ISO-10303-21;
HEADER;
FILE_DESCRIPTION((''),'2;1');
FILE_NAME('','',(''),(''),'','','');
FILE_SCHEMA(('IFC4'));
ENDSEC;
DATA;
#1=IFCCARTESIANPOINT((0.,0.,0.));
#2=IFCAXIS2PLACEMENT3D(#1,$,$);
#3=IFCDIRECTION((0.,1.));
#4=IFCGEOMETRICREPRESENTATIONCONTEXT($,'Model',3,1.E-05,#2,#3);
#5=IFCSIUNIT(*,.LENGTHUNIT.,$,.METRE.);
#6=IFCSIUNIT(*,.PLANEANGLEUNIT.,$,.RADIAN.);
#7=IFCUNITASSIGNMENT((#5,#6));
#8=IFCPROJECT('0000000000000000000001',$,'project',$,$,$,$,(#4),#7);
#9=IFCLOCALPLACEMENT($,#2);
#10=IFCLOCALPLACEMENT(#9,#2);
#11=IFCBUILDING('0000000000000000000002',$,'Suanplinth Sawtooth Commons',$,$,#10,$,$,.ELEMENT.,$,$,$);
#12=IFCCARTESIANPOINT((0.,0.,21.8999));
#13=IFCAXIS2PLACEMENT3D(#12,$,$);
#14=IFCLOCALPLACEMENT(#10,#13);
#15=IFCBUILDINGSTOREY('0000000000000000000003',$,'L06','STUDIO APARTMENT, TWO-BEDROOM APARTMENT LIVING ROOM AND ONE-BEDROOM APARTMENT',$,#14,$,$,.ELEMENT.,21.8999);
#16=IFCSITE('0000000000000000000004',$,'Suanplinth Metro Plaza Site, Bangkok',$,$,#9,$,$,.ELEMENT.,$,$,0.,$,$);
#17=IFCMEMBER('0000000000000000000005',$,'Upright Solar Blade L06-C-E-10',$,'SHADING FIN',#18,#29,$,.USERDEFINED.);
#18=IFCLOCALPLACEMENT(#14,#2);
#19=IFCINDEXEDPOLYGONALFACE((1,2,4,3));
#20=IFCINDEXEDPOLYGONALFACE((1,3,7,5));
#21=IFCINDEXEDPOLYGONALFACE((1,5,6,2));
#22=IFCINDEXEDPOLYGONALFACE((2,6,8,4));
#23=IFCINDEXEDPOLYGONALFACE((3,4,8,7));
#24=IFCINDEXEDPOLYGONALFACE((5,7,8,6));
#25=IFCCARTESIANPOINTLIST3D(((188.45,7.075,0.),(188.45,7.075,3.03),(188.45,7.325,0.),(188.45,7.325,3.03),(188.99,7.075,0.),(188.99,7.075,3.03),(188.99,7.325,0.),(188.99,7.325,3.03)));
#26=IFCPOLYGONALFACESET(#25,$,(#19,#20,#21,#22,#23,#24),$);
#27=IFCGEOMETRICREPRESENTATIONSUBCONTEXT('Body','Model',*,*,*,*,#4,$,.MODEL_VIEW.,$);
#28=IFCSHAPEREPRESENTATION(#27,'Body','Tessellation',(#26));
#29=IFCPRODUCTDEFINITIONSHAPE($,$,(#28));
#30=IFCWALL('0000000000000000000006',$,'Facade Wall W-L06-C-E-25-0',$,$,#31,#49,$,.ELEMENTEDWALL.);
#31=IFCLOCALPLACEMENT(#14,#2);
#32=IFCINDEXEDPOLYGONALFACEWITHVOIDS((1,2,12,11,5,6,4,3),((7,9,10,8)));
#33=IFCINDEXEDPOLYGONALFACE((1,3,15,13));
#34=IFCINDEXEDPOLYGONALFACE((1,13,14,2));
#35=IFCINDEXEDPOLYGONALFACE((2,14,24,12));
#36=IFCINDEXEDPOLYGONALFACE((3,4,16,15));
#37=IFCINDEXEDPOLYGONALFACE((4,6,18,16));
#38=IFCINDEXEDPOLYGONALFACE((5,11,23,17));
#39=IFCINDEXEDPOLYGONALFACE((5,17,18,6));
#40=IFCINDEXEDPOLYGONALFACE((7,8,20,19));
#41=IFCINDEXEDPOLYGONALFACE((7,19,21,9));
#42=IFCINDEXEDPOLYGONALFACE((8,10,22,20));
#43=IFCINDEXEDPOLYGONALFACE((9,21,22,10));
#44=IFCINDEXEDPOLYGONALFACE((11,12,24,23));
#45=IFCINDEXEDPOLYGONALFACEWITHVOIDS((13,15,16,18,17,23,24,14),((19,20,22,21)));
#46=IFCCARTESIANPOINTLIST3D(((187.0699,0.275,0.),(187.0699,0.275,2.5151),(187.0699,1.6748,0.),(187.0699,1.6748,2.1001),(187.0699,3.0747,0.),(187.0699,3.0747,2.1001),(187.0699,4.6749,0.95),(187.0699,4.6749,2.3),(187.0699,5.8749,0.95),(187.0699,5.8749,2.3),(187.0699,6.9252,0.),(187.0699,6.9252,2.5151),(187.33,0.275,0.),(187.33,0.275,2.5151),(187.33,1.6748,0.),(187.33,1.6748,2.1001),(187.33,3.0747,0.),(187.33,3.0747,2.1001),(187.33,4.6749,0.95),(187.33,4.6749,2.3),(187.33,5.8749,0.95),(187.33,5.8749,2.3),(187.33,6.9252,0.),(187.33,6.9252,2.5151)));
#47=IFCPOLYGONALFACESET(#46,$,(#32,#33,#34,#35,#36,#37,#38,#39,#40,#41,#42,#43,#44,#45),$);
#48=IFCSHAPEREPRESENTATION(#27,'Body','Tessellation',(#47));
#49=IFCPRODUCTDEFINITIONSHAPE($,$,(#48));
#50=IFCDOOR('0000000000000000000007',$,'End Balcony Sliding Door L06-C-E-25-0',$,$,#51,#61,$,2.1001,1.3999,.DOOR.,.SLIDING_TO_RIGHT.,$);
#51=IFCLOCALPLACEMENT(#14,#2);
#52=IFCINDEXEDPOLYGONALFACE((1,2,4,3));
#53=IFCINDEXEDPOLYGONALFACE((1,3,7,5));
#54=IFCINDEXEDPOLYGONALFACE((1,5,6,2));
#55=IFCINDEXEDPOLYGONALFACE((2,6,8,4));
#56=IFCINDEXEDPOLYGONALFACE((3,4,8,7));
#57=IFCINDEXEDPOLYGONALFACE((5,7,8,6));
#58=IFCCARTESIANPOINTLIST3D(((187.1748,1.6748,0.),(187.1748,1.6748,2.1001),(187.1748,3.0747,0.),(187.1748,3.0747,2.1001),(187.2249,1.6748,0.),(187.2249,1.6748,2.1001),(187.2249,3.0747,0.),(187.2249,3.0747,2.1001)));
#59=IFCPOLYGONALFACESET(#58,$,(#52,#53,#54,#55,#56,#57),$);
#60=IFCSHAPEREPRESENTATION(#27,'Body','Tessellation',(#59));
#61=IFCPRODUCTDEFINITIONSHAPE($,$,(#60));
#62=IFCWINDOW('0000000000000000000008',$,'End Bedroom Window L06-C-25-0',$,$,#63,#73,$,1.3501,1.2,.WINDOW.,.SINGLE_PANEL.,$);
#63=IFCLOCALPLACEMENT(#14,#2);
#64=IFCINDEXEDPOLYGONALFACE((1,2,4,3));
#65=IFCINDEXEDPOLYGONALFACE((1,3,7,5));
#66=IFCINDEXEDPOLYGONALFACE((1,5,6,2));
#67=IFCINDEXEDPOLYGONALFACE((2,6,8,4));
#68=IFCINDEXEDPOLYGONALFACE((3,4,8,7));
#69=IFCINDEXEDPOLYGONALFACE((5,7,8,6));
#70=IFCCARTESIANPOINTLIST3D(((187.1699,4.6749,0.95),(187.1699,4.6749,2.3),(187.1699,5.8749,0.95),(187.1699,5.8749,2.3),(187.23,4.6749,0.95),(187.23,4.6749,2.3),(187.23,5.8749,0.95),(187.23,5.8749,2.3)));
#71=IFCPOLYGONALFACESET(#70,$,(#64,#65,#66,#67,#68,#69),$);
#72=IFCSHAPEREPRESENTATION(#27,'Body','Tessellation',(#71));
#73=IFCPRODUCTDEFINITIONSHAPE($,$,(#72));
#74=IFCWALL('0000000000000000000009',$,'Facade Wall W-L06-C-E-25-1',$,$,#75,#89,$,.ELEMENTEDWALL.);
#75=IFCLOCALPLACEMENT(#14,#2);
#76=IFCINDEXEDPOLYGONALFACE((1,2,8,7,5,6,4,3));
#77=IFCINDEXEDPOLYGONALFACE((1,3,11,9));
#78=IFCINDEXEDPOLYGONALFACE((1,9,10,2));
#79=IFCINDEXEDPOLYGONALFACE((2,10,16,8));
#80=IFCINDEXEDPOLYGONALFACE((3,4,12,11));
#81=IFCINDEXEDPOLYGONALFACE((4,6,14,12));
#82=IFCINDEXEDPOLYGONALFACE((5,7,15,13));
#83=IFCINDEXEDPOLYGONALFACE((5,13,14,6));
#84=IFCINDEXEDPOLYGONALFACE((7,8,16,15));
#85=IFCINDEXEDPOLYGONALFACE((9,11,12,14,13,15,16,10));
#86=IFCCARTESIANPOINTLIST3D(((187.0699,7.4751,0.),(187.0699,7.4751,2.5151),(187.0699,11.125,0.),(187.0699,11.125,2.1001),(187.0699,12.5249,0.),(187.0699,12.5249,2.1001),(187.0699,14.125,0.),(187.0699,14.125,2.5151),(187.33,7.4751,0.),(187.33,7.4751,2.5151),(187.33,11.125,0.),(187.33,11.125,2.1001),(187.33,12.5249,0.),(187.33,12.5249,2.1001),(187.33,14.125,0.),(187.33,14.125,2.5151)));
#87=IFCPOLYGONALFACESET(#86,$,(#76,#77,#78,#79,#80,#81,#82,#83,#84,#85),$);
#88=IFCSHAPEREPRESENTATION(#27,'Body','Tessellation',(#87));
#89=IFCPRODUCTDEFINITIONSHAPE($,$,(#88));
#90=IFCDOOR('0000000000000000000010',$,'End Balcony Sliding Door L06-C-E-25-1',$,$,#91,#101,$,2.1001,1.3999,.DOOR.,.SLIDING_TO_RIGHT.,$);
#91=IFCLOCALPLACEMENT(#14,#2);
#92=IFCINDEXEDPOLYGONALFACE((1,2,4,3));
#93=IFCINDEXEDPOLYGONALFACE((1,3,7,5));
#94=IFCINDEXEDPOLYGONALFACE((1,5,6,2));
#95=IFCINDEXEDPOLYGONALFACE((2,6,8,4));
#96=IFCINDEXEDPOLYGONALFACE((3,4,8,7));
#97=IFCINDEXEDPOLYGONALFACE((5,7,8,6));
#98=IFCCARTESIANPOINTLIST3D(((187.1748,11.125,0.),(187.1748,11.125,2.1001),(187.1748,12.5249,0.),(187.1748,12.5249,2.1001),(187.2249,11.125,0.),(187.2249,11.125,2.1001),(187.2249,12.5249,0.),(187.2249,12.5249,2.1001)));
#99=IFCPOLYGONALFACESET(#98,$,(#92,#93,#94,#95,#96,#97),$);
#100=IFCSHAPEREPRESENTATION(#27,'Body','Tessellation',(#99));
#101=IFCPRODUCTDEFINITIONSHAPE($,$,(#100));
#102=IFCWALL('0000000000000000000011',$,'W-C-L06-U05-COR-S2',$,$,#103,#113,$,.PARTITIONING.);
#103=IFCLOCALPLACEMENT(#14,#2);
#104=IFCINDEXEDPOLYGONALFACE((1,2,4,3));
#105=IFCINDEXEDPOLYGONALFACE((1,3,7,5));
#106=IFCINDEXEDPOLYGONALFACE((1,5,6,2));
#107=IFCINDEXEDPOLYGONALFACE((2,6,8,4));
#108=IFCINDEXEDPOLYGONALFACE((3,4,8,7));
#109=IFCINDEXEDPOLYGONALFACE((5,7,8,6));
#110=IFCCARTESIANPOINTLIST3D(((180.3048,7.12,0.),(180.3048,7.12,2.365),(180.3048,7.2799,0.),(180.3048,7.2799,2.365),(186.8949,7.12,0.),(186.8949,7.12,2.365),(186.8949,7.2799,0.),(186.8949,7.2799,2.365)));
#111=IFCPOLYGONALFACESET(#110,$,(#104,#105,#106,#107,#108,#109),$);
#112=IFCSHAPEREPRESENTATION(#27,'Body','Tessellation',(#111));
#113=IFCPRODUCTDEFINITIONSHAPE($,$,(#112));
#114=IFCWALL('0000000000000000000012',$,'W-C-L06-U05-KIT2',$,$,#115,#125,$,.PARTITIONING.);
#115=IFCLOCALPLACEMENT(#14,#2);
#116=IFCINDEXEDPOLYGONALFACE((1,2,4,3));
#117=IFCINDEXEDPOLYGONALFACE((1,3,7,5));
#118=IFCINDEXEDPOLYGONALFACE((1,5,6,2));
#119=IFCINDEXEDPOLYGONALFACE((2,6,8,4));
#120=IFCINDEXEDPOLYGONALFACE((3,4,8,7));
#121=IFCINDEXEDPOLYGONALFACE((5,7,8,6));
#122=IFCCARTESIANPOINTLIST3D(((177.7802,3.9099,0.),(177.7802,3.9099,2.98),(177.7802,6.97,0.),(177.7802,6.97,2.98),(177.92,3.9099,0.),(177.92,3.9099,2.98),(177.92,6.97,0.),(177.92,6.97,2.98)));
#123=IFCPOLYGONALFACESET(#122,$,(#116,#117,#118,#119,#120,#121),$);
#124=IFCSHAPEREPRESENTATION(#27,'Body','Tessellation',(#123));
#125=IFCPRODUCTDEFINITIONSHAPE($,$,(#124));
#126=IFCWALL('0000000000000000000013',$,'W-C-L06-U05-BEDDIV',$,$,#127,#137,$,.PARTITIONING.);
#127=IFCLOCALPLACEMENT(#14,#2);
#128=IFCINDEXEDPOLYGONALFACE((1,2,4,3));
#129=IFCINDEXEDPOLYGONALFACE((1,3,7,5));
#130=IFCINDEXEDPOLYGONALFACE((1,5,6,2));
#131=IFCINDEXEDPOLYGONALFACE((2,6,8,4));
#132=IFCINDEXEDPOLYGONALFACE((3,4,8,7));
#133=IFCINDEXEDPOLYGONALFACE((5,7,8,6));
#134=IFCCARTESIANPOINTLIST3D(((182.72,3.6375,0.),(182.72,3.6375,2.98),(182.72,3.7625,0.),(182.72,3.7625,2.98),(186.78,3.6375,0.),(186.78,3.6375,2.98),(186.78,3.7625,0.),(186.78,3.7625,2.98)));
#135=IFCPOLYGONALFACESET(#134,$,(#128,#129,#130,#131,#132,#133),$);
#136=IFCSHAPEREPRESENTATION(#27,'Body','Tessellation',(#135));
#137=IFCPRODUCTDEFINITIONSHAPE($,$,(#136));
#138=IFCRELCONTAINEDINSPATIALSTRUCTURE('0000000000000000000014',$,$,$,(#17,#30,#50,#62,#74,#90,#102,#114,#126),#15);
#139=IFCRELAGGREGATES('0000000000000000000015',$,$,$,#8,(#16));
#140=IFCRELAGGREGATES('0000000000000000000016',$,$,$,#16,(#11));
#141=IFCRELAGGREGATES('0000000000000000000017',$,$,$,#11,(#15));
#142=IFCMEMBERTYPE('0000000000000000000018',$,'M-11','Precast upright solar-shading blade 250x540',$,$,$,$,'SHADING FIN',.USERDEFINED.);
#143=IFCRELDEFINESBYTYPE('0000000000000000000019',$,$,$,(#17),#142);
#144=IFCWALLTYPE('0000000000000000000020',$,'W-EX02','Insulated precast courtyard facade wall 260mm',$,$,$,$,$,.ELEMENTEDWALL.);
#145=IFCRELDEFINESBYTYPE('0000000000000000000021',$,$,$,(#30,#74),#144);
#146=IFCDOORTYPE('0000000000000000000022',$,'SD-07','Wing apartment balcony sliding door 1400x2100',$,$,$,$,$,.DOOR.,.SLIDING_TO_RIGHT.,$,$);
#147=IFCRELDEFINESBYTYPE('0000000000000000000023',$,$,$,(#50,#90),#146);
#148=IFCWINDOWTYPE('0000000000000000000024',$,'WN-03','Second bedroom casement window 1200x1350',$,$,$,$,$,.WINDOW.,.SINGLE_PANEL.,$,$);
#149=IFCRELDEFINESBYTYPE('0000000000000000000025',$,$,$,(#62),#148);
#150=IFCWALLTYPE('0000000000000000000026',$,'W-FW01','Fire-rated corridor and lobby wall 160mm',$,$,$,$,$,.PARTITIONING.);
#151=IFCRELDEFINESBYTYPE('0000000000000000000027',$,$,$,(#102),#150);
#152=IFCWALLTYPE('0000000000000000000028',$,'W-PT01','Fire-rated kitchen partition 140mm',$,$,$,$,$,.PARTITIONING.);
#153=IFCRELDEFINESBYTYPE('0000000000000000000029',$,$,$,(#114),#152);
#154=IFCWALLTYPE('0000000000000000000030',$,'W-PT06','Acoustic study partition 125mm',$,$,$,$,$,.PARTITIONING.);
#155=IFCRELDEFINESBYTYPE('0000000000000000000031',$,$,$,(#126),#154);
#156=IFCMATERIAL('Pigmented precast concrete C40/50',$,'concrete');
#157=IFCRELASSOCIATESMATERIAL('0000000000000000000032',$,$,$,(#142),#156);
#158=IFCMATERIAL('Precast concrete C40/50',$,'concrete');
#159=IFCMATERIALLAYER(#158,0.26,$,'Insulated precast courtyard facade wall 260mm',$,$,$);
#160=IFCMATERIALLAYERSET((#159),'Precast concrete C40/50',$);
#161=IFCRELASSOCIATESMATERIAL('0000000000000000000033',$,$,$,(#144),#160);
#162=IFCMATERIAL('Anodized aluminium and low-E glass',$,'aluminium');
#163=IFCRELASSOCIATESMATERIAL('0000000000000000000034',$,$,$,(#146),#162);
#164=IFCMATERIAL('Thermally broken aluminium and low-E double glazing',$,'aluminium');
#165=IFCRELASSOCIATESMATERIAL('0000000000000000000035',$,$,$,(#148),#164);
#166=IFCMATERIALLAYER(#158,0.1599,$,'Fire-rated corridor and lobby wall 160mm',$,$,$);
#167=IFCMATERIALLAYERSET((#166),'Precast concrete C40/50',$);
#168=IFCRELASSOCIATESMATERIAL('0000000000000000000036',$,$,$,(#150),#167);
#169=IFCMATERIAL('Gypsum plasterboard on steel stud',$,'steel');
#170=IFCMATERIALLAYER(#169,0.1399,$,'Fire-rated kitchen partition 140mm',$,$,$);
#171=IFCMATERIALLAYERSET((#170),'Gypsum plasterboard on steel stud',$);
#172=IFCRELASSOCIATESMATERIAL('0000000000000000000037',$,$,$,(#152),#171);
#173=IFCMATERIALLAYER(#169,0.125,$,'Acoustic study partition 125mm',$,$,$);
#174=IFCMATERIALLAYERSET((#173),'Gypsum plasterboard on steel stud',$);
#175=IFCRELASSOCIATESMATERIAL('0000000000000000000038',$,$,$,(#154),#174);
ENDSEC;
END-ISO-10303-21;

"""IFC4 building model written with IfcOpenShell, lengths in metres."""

from ifc_helpers import new_model, si_unit, direction, frame, frame_2d, origin, origin_2d, place, context, subcontext, project, spatial, rectangle, extrude, material, layer, layer_set, material_profile, profile_set, type_object, element, fill, save


model = new_model("IFC4")

# Units and contexts
model_context = context("Model", 3, precision=1e-05, world=origin(), true_north=direction((0.0, 1.0)))
body_context = subcontext(model_context, "Body", "Model", "MODEL_VIEW")
ifc_project = project(units=[si_unit("LENGTHUNIT", "METRE"), si_unit("PLANEANGLEUNIT", "RADIAN")], contexts=[model_context])

# Site, building, storey
site_placement = place(None, origin())
site = spatial("IfcSite", under=ifc_project, at=site_placement, Name="Suanplinth Metro Plaza Site, Bangkok", CompositionType="ELEMENT", RefElevation=0.0)
building_placement = place(site_placement, origin())
building = spatial("IfcBuilding", under=site, at=building_placement, Name="Suanplinth Sawtooth Commons", CompositionType="ELEMENT")
storey_placement = place(building_placement, frame((0.0, 0.0, 21.8999)))
storey = spatial("IfcBuildingStorey", under=building, at=storey_placement, Name="L06", Description="STUDIO APARTMENT, TWO-BEDROOM APARTMENT LIVING ROOM AND ONE-BEDROOM APARTMENT", CompositionType="ELEMENT", Elevation=21.8999)

# Shared definitions
ifc_material_1 = material(Name="Precast concrete C40/50", Category="concrete")

# Member
ifc_material_2 = material(Name="Pigmented precast concrete C40/50", Category="concrete")
ifc_material_profile_1 = material_profile(ifc_material_2, rectangle(XDim=0.25, YDim=0.54, at=origin_2d()), Name="PC-FIN 250x540")
ifc_profile_set_1 = profile_set([ifc_material_profile_1], Name="Pigmented precast concrete C40/50")
member_type = type_object("IfcMemberType", Name="M-11", Description="Precast upright solar-shading blade 250x540", ElementType="SHADING FIN", PredefinedType="USERDEFINED", material=ifc_profile_set_1)
for number, where, z_axis, x_axis, name in (
    (1, (188.72, 7.2, 0.0), (0.0, 0.0, 1.0), (0.0, 1.0, 0.0), "Upright Solar Blade L06-C-E-10"),
):
    element("IfcMember", number, at=place(storey_placement, frame(where, z_axis=z_axis, x_axis=x_axis)), inside=storey, type_object=member_type, Name=name, ObjectType="SHADING FIN", PredefinedType="USERDEFINED", context=body_context, shape_type="SweptSolid", body=[
        extrude(rectangle(XDim=0.25, YDim=0.54, at=origin_2d()), origin(), (0.0, 0.0, 1.0), 3.03),
    ])

# Wall, openings, door, window
ifc_layer_1 = layer(ifc_material_1, 0.26, Name="Insulated precast courtyard facade wall 260mm")
ifc_layer_set_1 = layer_set([ifc_layer_1], Name="Precast concrete C40/50")
wall_type_1 = type_object("IfcWallType", Name="W-EX02", Description="Insulated precast courtyard facade wall 260mm", PredefinedType="ELEMENTEDWALL", material=ifc_layer_set_1)
ifc_material_3 = material(Name="Anodized aluminium and low-E glass", Category="aluminium")
ifc_material_4 = material(Name="Thermally broken aluminium and low-E double glazing", Category="aluminium")
wall_1_placement = place(storey_placement, frame((187.2, 0.2749, 0.0), z_axis=(0.0, 0.0, 1.0), x_axis=(0.0, 1.0, 0.0)))
wall_1 = element("IfcWall", 2, at=wall_1_placement, inside=storey, type_object=wall_type_1, Name="Facade Wall W-L06-C-E-25-0", PredefinedType="ELEMENTEDWALL", context=body_context, shape_type="SweptSolid", body=[
    extrude(rectangle(XDim=6.6501, YDim=0.26, at=frame_2d((3.3252, 0.0))), origin(), (0.0, 0.0, 1.0), 2.5151),
])
opening_1_placement = place(wall_1_placement, frame((1.3999, 0.0, 0.0)))
opening_1 = element("IfcOpeningElement", 3, at=opening_1_placement, cuts=wall_1, PredefinedType="OPENING", context=body_context, shape_type="SweptSolid", body=[
    extrude(rectangle(XDim=1.3999, YDim=2.1001, at=frame_2d((0.7, 1.05))), frame((0.0, 0.145, 0.0), z_axis=(0.0, -1.0, 0.0), x_axis=(1.0, 0.0, 0.0)), (0.0, 0.0, 1.0), 0.2898),
])
opening_2_placement = place(wall_1_placement, frame((4.3999, 0.0, 0.95)))
opening_2 = element("IfcOpeningElement", 4, at=opening_2_placement, cuts=wall_1, PredefinedType="OPENING", context=body_context, shape_type="SweptSolid", body=[
    extrude(rectangle(XDim=1.2, YDim=1.3501, at=frame_2d((0.6001, 0.675))), frame((0.0, 0.145, 0.0), z_axis=(0.0, -1.0, 0.0), x_axis=(1.0, 0.0, 0.0)), (0.0, 0.0, 1.0), 0.2898),
])
door_type_1 = type_object("IfcDoorType", Name="SD-07", Description="Wing apartment balcony sliding door 1400x2100", OperationType="SLIDING_TO_RIGHT", PredefinedType="DOOR", material=ifc_material_3)
door_1_placement = place(opening_1_placement, frame((1.3999, 0.0, 0.0), z_axis=(0.0, 0.0, 1.0), x_axis=(-1.0, 0.0, 0.0)))
door_1 = element("IfcDoor", 5, at=door_1_placement, inside=storey, type_object=door_type_1, Name="End Balcony Sliding Door L06-C-E-25-0", OperationType="SLIDING_TO_RIGHT", OverallHeight=2.1001, OverallWidth=1.3999, PredefinedType="DOOR", context=body_context, shape_type="SweptSolid", body=[
    extrude(rectangle(XDim=1.3999, YDim=2.1001, at=frame_2d((0.7, 1.05))), frame((0.0, 0.0249, 0.0), z_axis=(0.0, -1.0, 0.0), x_axis=(1.0, 0.0, 0.0)), (0.0, 0.0, 1.0), 0.05),
])
fill(opening_1, door_1)
window_type_1 = type_object("IfcWindowType", Name="WN-03", Description="Second bedroom casement window 1200x1350", PartitioningType="SINGLE_PANEL", PredefinedType="WINDOW", material=ifc_material_4)
window_1_placement = place(opening_2_placement, origin())
window_1 = element("IfcWindow", 6, at=window_1_placement, inside=storey, type_object=window_type_1, Name="End Bedroom Window L06-C-25-0", OverallHeight=1.3501, OverallWidth=1.2, PartitioningType="SINGLE_PANEL", PredefinedType="WINDOW", context=body_context, shape_type="SweptSolid", body=[
    extrude(rectangle(XDim=1.2, YDim=1.3501, at=frame_2d((0.6001, 0.675))), frame((0.0, 0.03, 0.0), z_axis=(0.0, -1.0, 0.0), x_axis=(1.0, 0.0, 0.0)), (0.0, 0.0, 1.0), 0.0601),
])
fill(opening_2, window_1)

# Wall, opening, door
wall_2_placement = place(storey_placement, frame((187.2, 7.4751, 0.0), z_axis=(0.0, 0.0, 1.0), x_axis=(0.0, 1.0, 0.0)))
wall_2 = element("IfcWall", 7, at=wall_2_placement, inside=storey, type_object=wall_type_1, Name="Facade Wall W-L06-C-E-25-1", PredefinedType="ELEMENTEDWALL", context=body_context, shape_type="SweptSolid", body=[
    extrude(rectangle(XDim=6.6499, YDim=0.26, at=frame_2d((3.325, 0.0))), origin(), (0.0, 0.0, 1.0), 2.5151),
])
opening_3_placement = place(wall_2_placement, frame((3.6499, 0.0, 0.0)))
opening_3 = element("IfcOpeningElement", 8, at=opening_3_placement, cuts=wall_2, PredefinedType="OPENING", context=body_context, shape_type="SweptSolid", body=[
    extrude(rectangle(XDim=1.3999, YDim=2.1001, at=frame_2d((0.7, 1.05))), frame((0.0, 0.145, 0.0), z_axis=(0.0, -1.0, 0.0), x_axis=(1.0, 0.0, 0.0)), (0.0, 0.0, 1.0), 0.2898),
])
door_2_placement = place(opening_3_placement, frame((1.3999, 0.0, 0.0), z_axis=(0.0, 0.0, 1.0), x_axis=(-1.0, 0.0, 0.0)))
door_2 = element("IfcDoor", 9, at=door_2_placement, inside=storey, type_object=door_type_1, Name="End Balcony Sliding Door L06-C-E-25-1", OperationType="SLIDING_TO_RIGHT", OverallHeight=2.1001, OverallWidth=1.3999, PredefinedType="DOOR", context=body_context, shape_type="SweptSolid", body=[
    extrude(rectangle(XDim=1.3999, YDim=2.1001, at=frame_2d((0.7, 1.05))), frame((0.0, 0.0249, 0.0), z_axis=(0.0, -1.0, 0.0), x_axis=(1.0, 0.0, 0.0)), (0.0, 0.0, 1.0), 0.05),
])
fill(opening_3, door_2)

# Walls
ifc_layer_2 = layer(ifc_material_1, 0.1599, Name="Fire-rated corridor and lobby wall 160mm")
ifc_layer_set_2 = layer_set([ifc_layer_2], Name="Precast concrete C40/50")
wall_type_2 = type_object("IfcWallType", Name="W-FW01", Description="Fire-rated corridor and lobby wall 160mm", PredefinedType="PARTITIONING", material=ifc_layer_set_2)
wall_3_placement = place(storey_placement, frame((180.3049, 7.2, 0.0), z_axis=(0.0, 0.0, 1.0), x_axis=(1.0, 0.0, 0.0)))
element("IfcWall", 10, at=wall_3_placement, inside=storey, type_object=wall_type_2, Name="W-C-L06-U05-COR-S2", PredefinedType="PARTITIONING", context=body_context, shape_type="SweptSolid", body=[
    extrude(rectangle(XDim=6.5901, YDim=0.1599, at=frame_2d((3.2949, 0.0))), origin(), (0.0, 0.0, 1.0), 2.365),
])
ifc_material_5 = material(Name="Gypsum plasterboard on steel stud", Category="steel")
ifc_layer_3 = layer(ifc_material_5, 0.1399, Name="Fire-rated kitchen partition 140mm")
ifc_layer_set_3 = layer_set([ifc_layer_3], Name="Gypsum plasterboard on steel stud")
wall_type_3 = type_object("IfcWallType", Name="W-PT01", Description="Fire-rated kitchen partition 140mm", PredefinedType="PARTITIONING", material=ifc_layer_set_3)
wall_4_placement = place(storey_placement, frame((177.8501, 3.9099, 0.0), z_axis=(0.0, 0.0, 1.0), x_axis=(0.0, 1.0, 0.0)))
element("IfcWall", 11, at=wall_4_placement, inside=storey, type_object=wall_type_3, Name="W-C-L06-U05-KIT2", PredefinedType="PARTITIONING", context=body_context, shape_type="SweptSolid", body=[
    extrude(rectangle(XDim=3.0601, YDim=0.1399, at=frame_2d((1.53, 0.0))), origin(), (0.0, 0.0, 1.0), 2.98),
])

# Wall
ifc_layer_4 = layer(ifc_material_5, 0.125, Name="Acoustic study partition 125mm")
ifc_layer_set_4 = layer_set([ifc_layer_4], Name="Gypsum plasterboard on steel stud")
wall_type_4 = type_object("IfcWallType", Name="W-PT06", Description="Acoustic study partition 125mm", PredefinedType="PARTITIONING", material=ifc_layer_set_4)
wall_5_placement = place(storey_placement, frame((182.72, 3.7, 0.0), z_axis=(0.0, 0.0, 1.0), x_axis=(1.0, 0.0, 0.0)))
element("IfcWall", 12, at=wall_5_placement, inside=storey, type_object=wall_type_4, Name="W-C-L06-U05-BEDDIV", PredefinedType="PARTITIONING", context=body_context, shape_type="SweptSolid", body=[
    extrude(rectangle(XDim=4.0601, YDim=0.125, at=frame_2d((2.03, 0.0))), origin(), (0.0, 0.0, 1.0), 2.98),
])

save(model, "model.ifc")
